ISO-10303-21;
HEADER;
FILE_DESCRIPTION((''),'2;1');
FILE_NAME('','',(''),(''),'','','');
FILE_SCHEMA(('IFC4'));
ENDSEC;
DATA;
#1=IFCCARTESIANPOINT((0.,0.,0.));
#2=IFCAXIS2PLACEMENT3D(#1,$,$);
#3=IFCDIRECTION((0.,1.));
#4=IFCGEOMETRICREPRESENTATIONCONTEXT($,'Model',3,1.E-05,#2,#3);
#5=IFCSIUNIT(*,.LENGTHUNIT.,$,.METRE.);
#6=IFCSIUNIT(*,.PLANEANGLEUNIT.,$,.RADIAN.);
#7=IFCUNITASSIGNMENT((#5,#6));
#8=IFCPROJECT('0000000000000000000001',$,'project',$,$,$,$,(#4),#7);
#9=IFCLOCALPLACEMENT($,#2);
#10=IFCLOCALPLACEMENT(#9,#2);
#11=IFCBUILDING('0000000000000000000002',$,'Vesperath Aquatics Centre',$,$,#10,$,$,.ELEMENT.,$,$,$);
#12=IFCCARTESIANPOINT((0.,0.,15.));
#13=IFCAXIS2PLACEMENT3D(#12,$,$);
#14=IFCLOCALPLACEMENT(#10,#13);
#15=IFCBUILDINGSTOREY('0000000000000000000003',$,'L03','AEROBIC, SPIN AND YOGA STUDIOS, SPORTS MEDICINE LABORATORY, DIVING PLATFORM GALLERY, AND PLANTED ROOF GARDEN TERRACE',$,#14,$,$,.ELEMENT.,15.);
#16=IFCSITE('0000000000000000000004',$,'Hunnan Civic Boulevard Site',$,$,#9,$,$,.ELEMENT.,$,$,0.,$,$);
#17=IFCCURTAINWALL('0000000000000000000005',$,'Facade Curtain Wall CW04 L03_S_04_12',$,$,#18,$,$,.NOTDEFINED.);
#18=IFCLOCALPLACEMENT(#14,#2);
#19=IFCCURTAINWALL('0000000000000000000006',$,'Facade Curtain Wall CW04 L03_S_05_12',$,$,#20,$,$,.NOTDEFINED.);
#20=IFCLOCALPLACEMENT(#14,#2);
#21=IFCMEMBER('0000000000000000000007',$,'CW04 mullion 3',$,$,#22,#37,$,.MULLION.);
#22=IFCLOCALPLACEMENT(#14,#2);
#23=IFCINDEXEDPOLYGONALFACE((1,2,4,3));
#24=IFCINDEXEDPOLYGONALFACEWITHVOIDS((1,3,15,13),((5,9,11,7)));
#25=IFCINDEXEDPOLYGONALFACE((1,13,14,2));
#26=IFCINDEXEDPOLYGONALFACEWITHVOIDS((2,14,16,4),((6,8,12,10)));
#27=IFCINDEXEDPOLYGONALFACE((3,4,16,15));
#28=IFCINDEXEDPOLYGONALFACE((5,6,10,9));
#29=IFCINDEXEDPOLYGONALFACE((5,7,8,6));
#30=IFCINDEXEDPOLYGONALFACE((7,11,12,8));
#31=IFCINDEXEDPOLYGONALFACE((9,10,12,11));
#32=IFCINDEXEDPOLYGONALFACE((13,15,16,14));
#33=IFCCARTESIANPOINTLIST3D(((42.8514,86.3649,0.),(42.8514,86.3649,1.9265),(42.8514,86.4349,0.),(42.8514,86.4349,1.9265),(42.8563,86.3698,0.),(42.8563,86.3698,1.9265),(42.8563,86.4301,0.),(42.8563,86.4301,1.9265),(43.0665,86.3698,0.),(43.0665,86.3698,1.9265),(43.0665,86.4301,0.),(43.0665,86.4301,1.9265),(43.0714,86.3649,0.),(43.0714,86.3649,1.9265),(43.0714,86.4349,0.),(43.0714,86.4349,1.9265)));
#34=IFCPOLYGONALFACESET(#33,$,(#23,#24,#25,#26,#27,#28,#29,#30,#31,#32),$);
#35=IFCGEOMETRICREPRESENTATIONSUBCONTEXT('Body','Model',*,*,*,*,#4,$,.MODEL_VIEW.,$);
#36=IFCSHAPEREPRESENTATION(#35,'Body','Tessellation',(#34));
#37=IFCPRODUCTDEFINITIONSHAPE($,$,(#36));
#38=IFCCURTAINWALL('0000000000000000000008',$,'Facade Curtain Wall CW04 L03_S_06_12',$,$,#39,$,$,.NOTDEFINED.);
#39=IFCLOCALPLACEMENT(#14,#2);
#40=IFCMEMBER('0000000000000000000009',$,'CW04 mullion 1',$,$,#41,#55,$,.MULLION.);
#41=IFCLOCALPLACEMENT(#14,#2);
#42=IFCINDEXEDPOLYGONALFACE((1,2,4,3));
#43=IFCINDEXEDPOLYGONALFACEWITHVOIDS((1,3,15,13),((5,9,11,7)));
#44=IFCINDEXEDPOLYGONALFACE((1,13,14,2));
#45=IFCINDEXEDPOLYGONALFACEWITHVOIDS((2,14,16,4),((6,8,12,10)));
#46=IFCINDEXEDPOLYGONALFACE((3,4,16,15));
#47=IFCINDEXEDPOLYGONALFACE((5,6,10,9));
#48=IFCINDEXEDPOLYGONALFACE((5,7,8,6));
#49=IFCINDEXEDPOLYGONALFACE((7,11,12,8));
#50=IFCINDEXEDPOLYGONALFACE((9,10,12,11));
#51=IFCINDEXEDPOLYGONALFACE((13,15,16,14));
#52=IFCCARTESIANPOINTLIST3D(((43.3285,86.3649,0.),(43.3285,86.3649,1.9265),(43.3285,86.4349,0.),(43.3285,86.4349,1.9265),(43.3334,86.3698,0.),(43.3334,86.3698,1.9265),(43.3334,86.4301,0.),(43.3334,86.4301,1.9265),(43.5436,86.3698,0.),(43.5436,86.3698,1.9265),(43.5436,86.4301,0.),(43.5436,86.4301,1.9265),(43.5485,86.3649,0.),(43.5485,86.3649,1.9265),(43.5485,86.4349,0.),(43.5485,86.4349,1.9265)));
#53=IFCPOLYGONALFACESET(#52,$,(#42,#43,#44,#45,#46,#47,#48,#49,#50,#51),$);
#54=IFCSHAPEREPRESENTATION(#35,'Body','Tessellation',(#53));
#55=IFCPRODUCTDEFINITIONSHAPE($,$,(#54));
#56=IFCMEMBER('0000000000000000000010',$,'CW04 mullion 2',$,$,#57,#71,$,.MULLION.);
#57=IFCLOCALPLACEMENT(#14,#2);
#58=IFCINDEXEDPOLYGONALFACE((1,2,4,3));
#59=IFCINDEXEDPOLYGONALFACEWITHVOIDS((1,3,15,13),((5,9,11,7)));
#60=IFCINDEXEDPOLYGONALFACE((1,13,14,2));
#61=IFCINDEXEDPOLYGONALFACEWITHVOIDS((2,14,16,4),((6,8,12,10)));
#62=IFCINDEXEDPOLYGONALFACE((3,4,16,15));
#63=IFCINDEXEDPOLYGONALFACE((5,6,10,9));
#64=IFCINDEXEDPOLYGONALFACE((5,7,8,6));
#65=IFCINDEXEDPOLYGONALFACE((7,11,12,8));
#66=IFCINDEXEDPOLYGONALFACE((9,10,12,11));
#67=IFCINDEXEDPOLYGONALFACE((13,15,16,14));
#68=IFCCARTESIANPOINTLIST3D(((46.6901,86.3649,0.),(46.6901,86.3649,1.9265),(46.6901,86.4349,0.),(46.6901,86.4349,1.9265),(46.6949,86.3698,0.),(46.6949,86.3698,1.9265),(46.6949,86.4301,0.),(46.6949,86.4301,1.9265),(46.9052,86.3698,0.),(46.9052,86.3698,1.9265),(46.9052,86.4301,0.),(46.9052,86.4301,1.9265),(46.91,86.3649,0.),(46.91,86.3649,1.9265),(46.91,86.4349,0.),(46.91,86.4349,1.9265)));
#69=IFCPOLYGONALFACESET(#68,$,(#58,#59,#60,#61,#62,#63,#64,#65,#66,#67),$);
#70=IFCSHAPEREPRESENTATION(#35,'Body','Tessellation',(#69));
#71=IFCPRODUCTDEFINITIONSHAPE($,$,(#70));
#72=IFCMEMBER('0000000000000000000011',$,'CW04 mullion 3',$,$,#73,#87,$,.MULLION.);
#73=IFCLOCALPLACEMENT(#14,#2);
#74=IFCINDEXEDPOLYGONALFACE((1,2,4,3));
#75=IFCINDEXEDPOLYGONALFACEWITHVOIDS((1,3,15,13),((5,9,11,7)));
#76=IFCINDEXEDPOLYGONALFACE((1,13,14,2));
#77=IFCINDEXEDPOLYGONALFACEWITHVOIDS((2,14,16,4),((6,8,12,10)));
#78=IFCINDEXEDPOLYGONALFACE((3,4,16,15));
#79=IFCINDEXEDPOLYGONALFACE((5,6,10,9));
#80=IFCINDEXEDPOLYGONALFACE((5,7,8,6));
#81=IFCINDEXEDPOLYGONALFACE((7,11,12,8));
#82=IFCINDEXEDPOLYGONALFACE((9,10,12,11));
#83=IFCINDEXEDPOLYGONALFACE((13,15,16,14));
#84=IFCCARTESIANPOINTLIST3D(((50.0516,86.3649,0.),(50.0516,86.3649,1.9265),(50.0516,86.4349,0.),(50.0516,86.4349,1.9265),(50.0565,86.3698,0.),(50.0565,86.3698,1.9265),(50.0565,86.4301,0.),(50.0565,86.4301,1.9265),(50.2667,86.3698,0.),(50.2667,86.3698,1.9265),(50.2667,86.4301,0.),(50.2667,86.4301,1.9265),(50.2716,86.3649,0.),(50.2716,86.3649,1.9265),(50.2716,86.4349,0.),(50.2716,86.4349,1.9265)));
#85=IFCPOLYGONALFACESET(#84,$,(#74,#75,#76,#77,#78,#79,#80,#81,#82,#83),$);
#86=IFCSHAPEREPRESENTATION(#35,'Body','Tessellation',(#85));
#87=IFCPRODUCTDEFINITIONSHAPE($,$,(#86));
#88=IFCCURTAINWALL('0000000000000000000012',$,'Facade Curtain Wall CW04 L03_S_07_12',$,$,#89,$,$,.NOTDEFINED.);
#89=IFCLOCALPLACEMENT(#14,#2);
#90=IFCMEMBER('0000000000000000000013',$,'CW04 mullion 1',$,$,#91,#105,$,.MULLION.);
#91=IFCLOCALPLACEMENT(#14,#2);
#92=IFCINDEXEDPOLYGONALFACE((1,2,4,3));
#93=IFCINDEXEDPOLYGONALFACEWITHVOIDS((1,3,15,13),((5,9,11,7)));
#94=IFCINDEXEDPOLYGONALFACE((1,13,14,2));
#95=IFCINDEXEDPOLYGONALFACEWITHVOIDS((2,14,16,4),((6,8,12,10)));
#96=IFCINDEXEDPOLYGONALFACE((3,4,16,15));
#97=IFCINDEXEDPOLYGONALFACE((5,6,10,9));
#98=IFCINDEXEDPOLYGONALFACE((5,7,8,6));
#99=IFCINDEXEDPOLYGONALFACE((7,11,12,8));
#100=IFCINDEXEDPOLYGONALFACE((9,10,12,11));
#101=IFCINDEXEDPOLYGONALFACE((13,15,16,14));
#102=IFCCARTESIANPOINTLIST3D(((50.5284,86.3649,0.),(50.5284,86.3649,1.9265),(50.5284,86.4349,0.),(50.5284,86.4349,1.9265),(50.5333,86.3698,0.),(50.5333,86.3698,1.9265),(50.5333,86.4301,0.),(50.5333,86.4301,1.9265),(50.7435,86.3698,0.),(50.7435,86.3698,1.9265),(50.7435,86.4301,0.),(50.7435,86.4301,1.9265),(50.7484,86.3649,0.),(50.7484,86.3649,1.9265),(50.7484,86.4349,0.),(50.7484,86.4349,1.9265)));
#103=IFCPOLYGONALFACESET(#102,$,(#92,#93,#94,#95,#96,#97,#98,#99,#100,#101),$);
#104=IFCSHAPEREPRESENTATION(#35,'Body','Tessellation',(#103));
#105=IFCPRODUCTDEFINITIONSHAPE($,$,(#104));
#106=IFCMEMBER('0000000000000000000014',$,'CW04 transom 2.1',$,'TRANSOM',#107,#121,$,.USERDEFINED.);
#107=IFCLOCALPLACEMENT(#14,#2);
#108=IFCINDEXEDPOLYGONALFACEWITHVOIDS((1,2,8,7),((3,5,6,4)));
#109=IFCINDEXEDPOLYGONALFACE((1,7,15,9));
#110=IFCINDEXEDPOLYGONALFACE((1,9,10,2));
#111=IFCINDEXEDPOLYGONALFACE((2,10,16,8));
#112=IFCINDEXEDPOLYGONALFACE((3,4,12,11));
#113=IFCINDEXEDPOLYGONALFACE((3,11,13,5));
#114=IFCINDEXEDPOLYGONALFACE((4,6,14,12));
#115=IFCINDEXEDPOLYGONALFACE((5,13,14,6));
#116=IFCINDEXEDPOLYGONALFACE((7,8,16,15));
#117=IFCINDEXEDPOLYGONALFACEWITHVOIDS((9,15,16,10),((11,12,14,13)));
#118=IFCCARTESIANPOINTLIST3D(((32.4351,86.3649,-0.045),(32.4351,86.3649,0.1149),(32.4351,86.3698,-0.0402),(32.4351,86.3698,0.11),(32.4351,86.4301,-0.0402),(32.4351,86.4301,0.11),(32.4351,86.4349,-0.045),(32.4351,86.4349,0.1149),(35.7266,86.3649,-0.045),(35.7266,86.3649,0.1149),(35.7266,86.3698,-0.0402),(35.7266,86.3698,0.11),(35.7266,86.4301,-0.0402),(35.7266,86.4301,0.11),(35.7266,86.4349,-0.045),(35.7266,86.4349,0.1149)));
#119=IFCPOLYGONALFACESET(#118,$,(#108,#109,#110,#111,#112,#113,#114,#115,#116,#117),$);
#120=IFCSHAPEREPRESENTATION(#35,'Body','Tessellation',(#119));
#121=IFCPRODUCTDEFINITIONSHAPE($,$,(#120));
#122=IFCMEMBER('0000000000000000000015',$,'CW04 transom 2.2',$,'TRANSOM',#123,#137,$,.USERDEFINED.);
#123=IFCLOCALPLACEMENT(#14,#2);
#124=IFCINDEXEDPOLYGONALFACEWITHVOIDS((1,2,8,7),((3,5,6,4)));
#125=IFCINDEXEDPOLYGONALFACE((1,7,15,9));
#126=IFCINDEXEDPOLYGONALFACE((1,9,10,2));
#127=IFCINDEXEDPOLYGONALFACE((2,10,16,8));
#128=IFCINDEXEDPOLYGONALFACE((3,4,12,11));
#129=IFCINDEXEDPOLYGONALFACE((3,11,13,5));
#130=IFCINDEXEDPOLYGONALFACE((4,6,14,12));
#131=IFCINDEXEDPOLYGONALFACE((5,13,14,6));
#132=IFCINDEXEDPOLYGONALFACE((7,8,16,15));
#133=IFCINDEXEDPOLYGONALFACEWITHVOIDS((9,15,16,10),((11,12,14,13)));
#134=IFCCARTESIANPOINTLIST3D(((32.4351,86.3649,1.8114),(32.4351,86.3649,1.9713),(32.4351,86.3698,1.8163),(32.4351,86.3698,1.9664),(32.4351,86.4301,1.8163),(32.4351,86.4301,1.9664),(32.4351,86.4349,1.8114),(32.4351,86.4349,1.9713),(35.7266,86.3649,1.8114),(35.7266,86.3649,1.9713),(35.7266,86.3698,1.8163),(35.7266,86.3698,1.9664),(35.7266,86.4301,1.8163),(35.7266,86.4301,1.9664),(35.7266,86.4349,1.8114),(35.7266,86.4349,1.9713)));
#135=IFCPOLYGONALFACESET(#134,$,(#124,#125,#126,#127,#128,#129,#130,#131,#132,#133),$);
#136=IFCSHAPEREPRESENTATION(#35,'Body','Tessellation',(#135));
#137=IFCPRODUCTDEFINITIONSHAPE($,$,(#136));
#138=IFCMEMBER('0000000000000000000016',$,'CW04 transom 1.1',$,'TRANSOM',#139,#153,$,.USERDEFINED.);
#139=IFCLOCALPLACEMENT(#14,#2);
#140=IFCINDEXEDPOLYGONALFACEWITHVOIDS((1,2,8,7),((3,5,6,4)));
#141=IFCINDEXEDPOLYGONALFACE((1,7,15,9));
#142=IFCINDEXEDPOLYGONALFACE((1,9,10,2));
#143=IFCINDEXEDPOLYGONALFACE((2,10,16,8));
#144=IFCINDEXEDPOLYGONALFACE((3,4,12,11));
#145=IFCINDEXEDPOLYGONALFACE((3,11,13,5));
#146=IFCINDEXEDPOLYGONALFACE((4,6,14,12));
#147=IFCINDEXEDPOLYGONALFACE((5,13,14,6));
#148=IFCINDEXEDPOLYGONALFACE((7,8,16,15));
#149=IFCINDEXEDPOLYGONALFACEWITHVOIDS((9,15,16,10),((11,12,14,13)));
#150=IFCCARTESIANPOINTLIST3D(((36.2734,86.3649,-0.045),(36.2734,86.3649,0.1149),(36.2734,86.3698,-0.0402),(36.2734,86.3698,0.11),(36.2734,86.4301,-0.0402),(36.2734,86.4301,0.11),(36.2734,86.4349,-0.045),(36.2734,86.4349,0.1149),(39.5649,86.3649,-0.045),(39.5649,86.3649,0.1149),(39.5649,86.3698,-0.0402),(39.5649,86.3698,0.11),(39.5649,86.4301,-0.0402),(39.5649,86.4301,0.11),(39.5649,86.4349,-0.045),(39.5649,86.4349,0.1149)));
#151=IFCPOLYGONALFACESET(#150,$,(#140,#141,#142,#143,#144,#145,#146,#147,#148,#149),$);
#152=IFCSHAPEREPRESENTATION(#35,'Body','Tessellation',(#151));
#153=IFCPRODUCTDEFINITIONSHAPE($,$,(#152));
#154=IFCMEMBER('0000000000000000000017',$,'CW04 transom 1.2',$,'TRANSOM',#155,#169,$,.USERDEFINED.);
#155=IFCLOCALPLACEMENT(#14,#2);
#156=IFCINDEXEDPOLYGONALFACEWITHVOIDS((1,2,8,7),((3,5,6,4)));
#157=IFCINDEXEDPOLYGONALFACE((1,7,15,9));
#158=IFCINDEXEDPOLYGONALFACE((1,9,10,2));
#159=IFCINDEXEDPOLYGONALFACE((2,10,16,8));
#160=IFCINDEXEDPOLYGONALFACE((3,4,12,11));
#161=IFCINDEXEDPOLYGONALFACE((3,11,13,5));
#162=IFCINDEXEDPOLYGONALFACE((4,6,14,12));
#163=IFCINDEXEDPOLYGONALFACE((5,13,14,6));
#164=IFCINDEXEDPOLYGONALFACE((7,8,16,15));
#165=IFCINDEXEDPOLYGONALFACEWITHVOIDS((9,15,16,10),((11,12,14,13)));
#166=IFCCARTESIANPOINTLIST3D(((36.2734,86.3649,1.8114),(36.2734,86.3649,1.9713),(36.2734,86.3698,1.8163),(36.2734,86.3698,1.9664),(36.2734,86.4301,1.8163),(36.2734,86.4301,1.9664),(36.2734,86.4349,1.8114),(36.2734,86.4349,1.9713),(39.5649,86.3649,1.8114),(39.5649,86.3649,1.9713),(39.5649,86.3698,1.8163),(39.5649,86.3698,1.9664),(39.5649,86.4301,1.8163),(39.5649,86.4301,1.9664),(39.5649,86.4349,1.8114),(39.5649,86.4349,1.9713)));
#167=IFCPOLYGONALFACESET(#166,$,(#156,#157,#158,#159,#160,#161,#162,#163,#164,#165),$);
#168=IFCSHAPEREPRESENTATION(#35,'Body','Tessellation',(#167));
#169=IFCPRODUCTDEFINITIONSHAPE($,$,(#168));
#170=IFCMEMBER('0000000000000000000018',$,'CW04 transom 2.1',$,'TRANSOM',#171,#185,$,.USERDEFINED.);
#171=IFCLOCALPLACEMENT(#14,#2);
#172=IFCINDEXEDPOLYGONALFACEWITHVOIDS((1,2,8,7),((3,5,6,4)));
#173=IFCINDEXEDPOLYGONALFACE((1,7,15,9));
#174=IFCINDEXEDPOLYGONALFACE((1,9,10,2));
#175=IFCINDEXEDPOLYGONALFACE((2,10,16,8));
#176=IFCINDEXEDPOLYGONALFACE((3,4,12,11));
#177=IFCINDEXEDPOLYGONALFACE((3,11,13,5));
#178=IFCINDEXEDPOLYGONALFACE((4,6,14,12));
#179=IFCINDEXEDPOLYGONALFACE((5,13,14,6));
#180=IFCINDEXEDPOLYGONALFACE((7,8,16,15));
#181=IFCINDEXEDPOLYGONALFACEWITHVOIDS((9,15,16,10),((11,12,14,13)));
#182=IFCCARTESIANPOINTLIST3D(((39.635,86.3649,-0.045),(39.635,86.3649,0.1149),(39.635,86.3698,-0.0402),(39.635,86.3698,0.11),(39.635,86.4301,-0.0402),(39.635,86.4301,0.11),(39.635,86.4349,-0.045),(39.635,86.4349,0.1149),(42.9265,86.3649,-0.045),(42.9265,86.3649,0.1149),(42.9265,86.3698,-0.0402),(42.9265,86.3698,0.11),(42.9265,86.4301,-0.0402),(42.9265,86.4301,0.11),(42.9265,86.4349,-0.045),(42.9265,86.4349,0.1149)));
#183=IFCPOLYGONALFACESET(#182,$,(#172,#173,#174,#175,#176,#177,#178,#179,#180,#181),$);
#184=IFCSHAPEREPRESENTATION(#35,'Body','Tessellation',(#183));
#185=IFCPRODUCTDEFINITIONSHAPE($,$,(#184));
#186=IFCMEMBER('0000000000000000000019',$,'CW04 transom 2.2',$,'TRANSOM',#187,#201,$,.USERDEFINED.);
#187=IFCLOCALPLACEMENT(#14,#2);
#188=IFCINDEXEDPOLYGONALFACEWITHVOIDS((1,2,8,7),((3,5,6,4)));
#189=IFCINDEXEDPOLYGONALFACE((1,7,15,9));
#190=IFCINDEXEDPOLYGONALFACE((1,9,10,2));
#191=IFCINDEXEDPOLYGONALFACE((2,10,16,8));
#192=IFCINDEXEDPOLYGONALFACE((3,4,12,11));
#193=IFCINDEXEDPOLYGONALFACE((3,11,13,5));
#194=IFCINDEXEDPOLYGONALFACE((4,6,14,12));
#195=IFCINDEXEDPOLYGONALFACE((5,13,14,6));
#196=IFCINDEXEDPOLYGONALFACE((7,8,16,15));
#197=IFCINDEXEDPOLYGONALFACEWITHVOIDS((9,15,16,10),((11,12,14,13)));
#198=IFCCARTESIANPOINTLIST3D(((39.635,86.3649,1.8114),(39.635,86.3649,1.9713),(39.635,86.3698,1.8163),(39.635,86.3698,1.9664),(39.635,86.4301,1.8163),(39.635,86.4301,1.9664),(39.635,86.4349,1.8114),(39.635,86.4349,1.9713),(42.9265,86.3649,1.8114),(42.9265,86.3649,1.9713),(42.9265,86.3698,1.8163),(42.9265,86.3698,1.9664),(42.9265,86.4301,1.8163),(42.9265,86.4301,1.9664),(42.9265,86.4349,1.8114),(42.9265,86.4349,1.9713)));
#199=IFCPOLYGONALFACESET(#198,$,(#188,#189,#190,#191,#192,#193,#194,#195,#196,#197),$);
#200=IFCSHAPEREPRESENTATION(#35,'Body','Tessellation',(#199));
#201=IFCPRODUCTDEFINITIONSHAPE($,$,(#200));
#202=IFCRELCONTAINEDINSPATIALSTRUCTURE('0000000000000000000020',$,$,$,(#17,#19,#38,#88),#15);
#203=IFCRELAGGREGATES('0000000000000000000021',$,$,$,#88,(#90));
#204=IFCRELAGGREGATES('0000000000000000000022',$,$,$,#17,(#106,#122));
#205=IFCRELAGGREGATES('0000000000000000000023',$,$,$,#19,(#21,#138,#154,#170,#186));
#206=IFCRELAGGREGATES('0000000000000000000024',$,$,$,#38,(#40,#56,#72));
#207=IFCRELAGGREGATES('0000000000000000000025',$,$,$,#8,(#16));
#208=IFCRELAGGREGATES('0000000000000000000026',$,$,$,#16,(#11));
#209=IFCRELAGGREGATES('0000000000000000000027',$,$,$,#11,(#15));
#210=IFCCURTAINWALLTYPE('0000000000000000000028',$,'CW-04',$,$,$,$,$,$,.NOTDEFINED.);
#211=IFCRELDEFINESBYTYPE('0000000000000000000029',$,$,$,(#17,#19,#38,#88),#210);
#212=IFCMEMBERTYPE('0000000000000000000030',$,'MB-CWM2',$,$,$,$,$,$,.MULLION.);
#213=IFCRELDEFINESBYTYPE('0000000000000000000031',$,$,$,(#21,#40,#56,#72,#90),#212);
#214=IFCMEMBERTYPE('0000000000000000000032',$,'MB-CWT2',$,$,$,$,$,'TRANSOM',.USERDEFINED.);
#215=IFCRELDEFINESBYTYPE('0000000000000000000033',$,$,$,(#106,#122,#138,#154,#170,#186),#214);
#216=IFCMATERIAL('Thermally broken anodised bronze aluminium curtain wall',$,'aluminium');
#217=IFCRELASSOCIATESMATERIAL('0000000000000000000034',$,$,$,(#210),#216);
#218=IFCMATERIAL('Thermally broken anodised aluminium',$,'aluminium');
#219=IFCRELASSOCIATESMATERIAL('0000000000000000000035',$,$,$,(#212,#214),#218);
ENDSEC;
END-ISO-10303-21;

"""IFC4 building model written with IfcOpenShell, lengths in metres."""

from ifc_helpers import new_model, si_unit, direction, frame, origin, origin_2d, place, context, subcontext, project, spatial, hollow_rectangle, extrude, material, material_profile, profile_set, type_object, element, aggregate, save


model = new_model("IFC4")

# Units and contexts
model_context = context("Model", 3, precision=1e-05, world=origin(), true_north=direction((0.0, 1.0)))
body_context = subcontext(model_context, "Body", "Model", "MODEL_VIEW")
ifc_project = project(units=[si_unit("LENGTHUNIT", "METRE"), si_unit("PLANEANGLEUNIT", "RADIAN")], contexts=[model_context])

# Site, building, storey
site_placement = place(None, origin())
site = spatial("IfcSite", under=ifc_project, at=site_placement, Name="Hunnan Civic Boulevard Site", CompositionType="ELEMENT", RefElevation=0.0)
building_placement = place(site_placement, origin())
building = spatial("IfcBuilding", under=site, at=building_placement, Name="Vesperath Aquatics Centre", CompositionType="ELEMENT")
storey_placement = place(building_placement, frame((0.0, 0.0, 15.0)))
storey = spatial("IfcBuildingStorey", under=building, at=storey_placement, Name="L03", Description="AEROBIC, SPIN AND YOGA STUDIOS, SPORTS MEDICINE LABORATORY, DIVING PLATFORM GALLERY, AND PLANTED ROOF GARDEN TERRACE", CompositionType="ELEMENT", Elevation=15.0)

# Curtain wall
ifc_material_1 = material(Name="Thermally broken anodised bronze aluminium curtain wall", Category="aluminium")
curtain_wall_type = type_object("IfcCurtainWallType", Name="CW-04", PredefinedType="NOTDEFINED", material=ifc_material_1)
curtain_wall_1_placement = place(storey_placement, origin())
curtain_wall_1 = element("IfcCurtainWall", 1, at=curtain_wall_1_placement, inside=storey, type_object=curtain_wall_type, Name="Facade Curtain Wall CW04 L03_S_04_12", PredefinedType="NOTDEFINED")
ifc_material_2 = material(Name="Thermally broken anodised aluminium", Category="aluminium")
ifc_material_profile_1 = material_profile(ifc_material_2, hollow_rectangle(XDim=0.0701, YDim=0.22, WallThickness=0.0049, at=origin_2d()), Name="CWM 70x220x5")
ifc_profile_set_1 = profile_set([ifc_material_profile_1], Name="Thermally broken anodised aluminium")
member_type_1 = type_object("IfcMemberType", Name="MB-CWM2", PredefinedType="MULLION", material=ifc_profile_set_1)

# Curtain walls, members
curtain_wall_2_placement = place(storey_placement, origin())
curtain_wall_2 = element("IfcCurtainWall", 2, at=curtain_wall_2_placement, inside=storey, type_object=curtain_wall_type, Name="Facade Curtain Wall CW04 L03_S_05_12", PredefinedType="NOTDEFINED")
member_1_placement = place(storey_placement, frame((42.9614, 86.3999, 0.0), z_axis=(0.0, 0.0, 1.0), x_axis=(0.0, 1.0, 0.0)))
member_1 = element("IfcMember", 3, at=member_1_placement, type_object=member_type_1, Name="CW04 mullion 3", PredefinedType="MULLION", context=body_context, shape_type="SweptSolid", body=[
    extrude(hollow_rectangle(XDim=0.0701, YDim=0.22, WallThickness=0.0049, at=origin_2d()), origin(), (0.0, 0.0, 1.0), 1.9265),
])
curtain_wall_3_placement = place(storey_placement, origin())
curtain_wall_3 = element("IfcCurtainWall", 4, at=curtain_wall_3_placement, inside=storey, type_object=curtain_wall_type, Name="Facade Curtain Wall CW04 L03_S_06_12", PredefinedType="NOTDEFINED")
member_2_placement = place(storey_placement, frame((43.4385, 86.3999, 0.0), z_axis=(0.0, 0.0, 1.0), x_axis=(0.0, 1.0, 0.0)))
member_2 = element("IfcMember", 5, at=member_2_placement, type_object=member_type_1, Name="CW04 mullion 1", PredefinedType="MULLION", context=body_context, shape_type="SweptSolid", body=[
    extrude(hollow_rectangle(XDim=0.0701, YDim=0.22, WallThickness=0.0049, at=origin_2d()), origin(), (0.0, 0.0, 1.0), 1.9265),
])
member_3_placement = place(storey_placement, frame((46.8, 86.3999, 0.0), z_axis=(0.0, 0.0, 1.0), x_axis=(0.0, 1.0, 0.0)))
member_3 = element("IfcMember", 6, at=member_3_placement, type_object=member_type_1, Name="CW04 mullion 2", PredefinedType="MULLION", context=body_context, shape_type="SweptSolid", body=[
    extrude(hollow_rectangle(XDim=0.0701, YDim=0.22, WallThickness=0.0049, at=origin_2d()), origin(), (0.0, 0.0, 1.0), 1.9265),
])
member_4_placement = place(storey_placement, frame((50.1616, 86.3999, 0.0), z_axis=(0.0, 0.0, 1.0), x_axis=(0.0, 1.0, 0.0)))
member_4 = element("IfcMember", 7, at=member_4_placement, type_object=member_type_1, Name="CW04 mullion 3", PredefinedType="MULLION", context=body_context, shape_type="SweptSolid", body=[
    extrude(hollow_rectangle(XDim=0.0701, YDim=0.22, WallThickness=0.0049, at=origin_2d()), origin(), (0.0, 0.0, 1.0), 1.9265),
])

# Curtain wall, member
curtain_wall_4_placement = place(storey_placement, origin())
curtain_wall_4 = element("IfcCurtainWall", 8, at=curtain_wall_4_placement, inside=storey, type_object=curtain_wall_type, Name="Facade Curtain Wall CW04 L03_S_07_12", PredefinedType="NOTDEFINED")
member_5_placement = place(storey_placement, frame((50.6384, 86.3999, 0.0), z_axis=(0.0, 0.0, 1.0), x_axis=(0.0, 1.0, 0.0)))
member_5 = element("IfcMember", 9, at=member_5_placement, type_object=member_type_1, Name="CW04 mullion 1", PredefinedType="MULLION", context=body_context, shape_type="SweptSolid", body=[
    extrude(hollow_rectangle(XDim=0.0701, YDim=0.22, WallThickness=0.0049, at=origin_2d()), origin(), (0.0, 0.0, 1.0), 1.9265),
])
aggregate(curtain_wall_4, [member_5])

# Members
ifc_material_profile_2 = material_profile(ifc_material_2, hollow_rectangle(XDim=0.0701, YDim=0.1599, WallThickness=0.0049, at=origin_2d()), Name="CWT 70x160x5")
ifc_profile_set_2 = profile_set([ifc_material_profile_2], Name="Thermally broken anodised aluminium")
member_type_2 = type_object("IfcMemberType", Name="MB-CWT2", ElementType="TRANSOM", PredefinedType="USERDEFINED", material=ifc_profile_set_2)
member_6_placement = place(storey_placement, frame((32.4351, 86.3999, 0.0349), z_axis=(1.0, 0.0, 0.0), x_axis=(0.0, 1.0, 0.0)))
member_6 = element("IfcMember", 10, at=member_6_placement, type_object=member_type_2, Name="CW04 transom 2.1", ObjectType="TRANSOM", PredefinedType="USERDEFINED", context=body_context, shape_type="SweptSolid", body=[
    extrude(hollow_rectangle(XDim=0.0701, YDim=0.1599, WallThickness=0.0049, at=origin_2d()), origin(), (0.0, 0.0, 1.0), 3.2915),
])
member_7_placement = place(storey_placement, frame((32.4351, 86.3999, 1.8914), z_axis=(1.0, 0.0, 0.0), x_axis=(0.0, 1.0, 0.0)))
member_7 = element("IfcMember", 11, at=member_7_placement, type_object=member_type_2, Name="CW04 transom 2.2", ObjectType="TRANSOM", PredefinedType="USERDEFINED", context=body_context, shape_type="SweptSolid", body=[
    extrude(hollow_rectangle(XDim=0.0701, YDim=0.1599, WallThickness=0.0049, at=origin_2d()), origin(), (0.0, 0.0, 1.0), 3.2915),
])
member_8_placement = place(storey_placement, frame((36.2734, 86.3999, 0.0349), z_axis=(1.0, 0.0, 0.0), x_axis=(0.0, 1.0, 0.0)))
member_8 = element("IfcMember", 12, at=member_8_placement, type_object=member_type_2, Name="CW04 transom 1.1", ObjectType="TRANSOM", PredefinedType="USERDEFINED", context=body_context, shape_type="SweptSolid", body=[
    extrude(hollow_rectangle(XDim=0.0701, YDim=0.1599, WallThickness=0.0049, at=origin_2d()), origin(), (0.0, 0.0, 1.0), 3.2915),
])
member_9_placement = place(storey_placement, frame((36.2734, 86.3999, 1.8914), z_axis=(1.0, 0.0, 0.0), x_axis=(0.0, 1.0, 0.0)))
member_9 = element("IfcMember", 13, at=member_9_placement, type_object=member_type_2, Name="CW04 transom 1.2", ObjectType="TRANSOM", PredefinedType="USERDEFINED", context=body_context, shape_type="SweptSolid", body=[
    extrude(hollow_rectangle(XDim=0.0701, YDim=0.1599, WallThickness=0.0049, at=origin_2d()), origin(), (0.0, 0.0, 1.0), 3.2915),
])
member_10_placement = place(storey_placement, frame((39.635, 86.3999, 0.0349), z_axis=(1.0, 0.0, 0.0), x_axis=(0.0, 1.0, 0.0)))
member_10 = element("IfcMember", 14, at=member_10_placement, type_object=member_type_2, Name="CW04 transom 2.1", ObjectType="TRANSOM", PredefinedType="USERDEFINED", context=body_context, shape_type="SweptSolid", body=[
    extrude(hollow_rectangle(XDim=0.0701, YDim=0.1599, WallThickness=0.0049, at=origin_2d()), origin(), (0.0, 0.0, 1.0), 3.2915),
])
member_11_placement = place(storey_placement, frame((39.635, 86.3999, 1.8914), z_axis=(1.0, 0.0, 0.0), x_axis=(0.0, 1.0, 0.0)))
member_11 = element("IfcMember", 15, at=member_11_placement, type_object=member_type_2, Name="CW04 transom 2.2", ObjectType="TRANSOM", PredefinedType="USERDEFINED", context=body_context, shape_type="SweptSolid", body=[
    extrude(hollow_rectangle(XDim=0.0701, YDim=0.1599, WallThickness=0.0049, at=origin_2d()), origin(), (0.0, 0.0, 1.0), 3.2915),
])

aggregate(curtain_wall_1, [member_6, member_7])
aggregate(curtain_wall_2, [member_1, member_8, member_9, member_10, member_11])
aggregate(curtain_wall_3, [member_2, member_3, member_4])

save(model, "model.ifc")
